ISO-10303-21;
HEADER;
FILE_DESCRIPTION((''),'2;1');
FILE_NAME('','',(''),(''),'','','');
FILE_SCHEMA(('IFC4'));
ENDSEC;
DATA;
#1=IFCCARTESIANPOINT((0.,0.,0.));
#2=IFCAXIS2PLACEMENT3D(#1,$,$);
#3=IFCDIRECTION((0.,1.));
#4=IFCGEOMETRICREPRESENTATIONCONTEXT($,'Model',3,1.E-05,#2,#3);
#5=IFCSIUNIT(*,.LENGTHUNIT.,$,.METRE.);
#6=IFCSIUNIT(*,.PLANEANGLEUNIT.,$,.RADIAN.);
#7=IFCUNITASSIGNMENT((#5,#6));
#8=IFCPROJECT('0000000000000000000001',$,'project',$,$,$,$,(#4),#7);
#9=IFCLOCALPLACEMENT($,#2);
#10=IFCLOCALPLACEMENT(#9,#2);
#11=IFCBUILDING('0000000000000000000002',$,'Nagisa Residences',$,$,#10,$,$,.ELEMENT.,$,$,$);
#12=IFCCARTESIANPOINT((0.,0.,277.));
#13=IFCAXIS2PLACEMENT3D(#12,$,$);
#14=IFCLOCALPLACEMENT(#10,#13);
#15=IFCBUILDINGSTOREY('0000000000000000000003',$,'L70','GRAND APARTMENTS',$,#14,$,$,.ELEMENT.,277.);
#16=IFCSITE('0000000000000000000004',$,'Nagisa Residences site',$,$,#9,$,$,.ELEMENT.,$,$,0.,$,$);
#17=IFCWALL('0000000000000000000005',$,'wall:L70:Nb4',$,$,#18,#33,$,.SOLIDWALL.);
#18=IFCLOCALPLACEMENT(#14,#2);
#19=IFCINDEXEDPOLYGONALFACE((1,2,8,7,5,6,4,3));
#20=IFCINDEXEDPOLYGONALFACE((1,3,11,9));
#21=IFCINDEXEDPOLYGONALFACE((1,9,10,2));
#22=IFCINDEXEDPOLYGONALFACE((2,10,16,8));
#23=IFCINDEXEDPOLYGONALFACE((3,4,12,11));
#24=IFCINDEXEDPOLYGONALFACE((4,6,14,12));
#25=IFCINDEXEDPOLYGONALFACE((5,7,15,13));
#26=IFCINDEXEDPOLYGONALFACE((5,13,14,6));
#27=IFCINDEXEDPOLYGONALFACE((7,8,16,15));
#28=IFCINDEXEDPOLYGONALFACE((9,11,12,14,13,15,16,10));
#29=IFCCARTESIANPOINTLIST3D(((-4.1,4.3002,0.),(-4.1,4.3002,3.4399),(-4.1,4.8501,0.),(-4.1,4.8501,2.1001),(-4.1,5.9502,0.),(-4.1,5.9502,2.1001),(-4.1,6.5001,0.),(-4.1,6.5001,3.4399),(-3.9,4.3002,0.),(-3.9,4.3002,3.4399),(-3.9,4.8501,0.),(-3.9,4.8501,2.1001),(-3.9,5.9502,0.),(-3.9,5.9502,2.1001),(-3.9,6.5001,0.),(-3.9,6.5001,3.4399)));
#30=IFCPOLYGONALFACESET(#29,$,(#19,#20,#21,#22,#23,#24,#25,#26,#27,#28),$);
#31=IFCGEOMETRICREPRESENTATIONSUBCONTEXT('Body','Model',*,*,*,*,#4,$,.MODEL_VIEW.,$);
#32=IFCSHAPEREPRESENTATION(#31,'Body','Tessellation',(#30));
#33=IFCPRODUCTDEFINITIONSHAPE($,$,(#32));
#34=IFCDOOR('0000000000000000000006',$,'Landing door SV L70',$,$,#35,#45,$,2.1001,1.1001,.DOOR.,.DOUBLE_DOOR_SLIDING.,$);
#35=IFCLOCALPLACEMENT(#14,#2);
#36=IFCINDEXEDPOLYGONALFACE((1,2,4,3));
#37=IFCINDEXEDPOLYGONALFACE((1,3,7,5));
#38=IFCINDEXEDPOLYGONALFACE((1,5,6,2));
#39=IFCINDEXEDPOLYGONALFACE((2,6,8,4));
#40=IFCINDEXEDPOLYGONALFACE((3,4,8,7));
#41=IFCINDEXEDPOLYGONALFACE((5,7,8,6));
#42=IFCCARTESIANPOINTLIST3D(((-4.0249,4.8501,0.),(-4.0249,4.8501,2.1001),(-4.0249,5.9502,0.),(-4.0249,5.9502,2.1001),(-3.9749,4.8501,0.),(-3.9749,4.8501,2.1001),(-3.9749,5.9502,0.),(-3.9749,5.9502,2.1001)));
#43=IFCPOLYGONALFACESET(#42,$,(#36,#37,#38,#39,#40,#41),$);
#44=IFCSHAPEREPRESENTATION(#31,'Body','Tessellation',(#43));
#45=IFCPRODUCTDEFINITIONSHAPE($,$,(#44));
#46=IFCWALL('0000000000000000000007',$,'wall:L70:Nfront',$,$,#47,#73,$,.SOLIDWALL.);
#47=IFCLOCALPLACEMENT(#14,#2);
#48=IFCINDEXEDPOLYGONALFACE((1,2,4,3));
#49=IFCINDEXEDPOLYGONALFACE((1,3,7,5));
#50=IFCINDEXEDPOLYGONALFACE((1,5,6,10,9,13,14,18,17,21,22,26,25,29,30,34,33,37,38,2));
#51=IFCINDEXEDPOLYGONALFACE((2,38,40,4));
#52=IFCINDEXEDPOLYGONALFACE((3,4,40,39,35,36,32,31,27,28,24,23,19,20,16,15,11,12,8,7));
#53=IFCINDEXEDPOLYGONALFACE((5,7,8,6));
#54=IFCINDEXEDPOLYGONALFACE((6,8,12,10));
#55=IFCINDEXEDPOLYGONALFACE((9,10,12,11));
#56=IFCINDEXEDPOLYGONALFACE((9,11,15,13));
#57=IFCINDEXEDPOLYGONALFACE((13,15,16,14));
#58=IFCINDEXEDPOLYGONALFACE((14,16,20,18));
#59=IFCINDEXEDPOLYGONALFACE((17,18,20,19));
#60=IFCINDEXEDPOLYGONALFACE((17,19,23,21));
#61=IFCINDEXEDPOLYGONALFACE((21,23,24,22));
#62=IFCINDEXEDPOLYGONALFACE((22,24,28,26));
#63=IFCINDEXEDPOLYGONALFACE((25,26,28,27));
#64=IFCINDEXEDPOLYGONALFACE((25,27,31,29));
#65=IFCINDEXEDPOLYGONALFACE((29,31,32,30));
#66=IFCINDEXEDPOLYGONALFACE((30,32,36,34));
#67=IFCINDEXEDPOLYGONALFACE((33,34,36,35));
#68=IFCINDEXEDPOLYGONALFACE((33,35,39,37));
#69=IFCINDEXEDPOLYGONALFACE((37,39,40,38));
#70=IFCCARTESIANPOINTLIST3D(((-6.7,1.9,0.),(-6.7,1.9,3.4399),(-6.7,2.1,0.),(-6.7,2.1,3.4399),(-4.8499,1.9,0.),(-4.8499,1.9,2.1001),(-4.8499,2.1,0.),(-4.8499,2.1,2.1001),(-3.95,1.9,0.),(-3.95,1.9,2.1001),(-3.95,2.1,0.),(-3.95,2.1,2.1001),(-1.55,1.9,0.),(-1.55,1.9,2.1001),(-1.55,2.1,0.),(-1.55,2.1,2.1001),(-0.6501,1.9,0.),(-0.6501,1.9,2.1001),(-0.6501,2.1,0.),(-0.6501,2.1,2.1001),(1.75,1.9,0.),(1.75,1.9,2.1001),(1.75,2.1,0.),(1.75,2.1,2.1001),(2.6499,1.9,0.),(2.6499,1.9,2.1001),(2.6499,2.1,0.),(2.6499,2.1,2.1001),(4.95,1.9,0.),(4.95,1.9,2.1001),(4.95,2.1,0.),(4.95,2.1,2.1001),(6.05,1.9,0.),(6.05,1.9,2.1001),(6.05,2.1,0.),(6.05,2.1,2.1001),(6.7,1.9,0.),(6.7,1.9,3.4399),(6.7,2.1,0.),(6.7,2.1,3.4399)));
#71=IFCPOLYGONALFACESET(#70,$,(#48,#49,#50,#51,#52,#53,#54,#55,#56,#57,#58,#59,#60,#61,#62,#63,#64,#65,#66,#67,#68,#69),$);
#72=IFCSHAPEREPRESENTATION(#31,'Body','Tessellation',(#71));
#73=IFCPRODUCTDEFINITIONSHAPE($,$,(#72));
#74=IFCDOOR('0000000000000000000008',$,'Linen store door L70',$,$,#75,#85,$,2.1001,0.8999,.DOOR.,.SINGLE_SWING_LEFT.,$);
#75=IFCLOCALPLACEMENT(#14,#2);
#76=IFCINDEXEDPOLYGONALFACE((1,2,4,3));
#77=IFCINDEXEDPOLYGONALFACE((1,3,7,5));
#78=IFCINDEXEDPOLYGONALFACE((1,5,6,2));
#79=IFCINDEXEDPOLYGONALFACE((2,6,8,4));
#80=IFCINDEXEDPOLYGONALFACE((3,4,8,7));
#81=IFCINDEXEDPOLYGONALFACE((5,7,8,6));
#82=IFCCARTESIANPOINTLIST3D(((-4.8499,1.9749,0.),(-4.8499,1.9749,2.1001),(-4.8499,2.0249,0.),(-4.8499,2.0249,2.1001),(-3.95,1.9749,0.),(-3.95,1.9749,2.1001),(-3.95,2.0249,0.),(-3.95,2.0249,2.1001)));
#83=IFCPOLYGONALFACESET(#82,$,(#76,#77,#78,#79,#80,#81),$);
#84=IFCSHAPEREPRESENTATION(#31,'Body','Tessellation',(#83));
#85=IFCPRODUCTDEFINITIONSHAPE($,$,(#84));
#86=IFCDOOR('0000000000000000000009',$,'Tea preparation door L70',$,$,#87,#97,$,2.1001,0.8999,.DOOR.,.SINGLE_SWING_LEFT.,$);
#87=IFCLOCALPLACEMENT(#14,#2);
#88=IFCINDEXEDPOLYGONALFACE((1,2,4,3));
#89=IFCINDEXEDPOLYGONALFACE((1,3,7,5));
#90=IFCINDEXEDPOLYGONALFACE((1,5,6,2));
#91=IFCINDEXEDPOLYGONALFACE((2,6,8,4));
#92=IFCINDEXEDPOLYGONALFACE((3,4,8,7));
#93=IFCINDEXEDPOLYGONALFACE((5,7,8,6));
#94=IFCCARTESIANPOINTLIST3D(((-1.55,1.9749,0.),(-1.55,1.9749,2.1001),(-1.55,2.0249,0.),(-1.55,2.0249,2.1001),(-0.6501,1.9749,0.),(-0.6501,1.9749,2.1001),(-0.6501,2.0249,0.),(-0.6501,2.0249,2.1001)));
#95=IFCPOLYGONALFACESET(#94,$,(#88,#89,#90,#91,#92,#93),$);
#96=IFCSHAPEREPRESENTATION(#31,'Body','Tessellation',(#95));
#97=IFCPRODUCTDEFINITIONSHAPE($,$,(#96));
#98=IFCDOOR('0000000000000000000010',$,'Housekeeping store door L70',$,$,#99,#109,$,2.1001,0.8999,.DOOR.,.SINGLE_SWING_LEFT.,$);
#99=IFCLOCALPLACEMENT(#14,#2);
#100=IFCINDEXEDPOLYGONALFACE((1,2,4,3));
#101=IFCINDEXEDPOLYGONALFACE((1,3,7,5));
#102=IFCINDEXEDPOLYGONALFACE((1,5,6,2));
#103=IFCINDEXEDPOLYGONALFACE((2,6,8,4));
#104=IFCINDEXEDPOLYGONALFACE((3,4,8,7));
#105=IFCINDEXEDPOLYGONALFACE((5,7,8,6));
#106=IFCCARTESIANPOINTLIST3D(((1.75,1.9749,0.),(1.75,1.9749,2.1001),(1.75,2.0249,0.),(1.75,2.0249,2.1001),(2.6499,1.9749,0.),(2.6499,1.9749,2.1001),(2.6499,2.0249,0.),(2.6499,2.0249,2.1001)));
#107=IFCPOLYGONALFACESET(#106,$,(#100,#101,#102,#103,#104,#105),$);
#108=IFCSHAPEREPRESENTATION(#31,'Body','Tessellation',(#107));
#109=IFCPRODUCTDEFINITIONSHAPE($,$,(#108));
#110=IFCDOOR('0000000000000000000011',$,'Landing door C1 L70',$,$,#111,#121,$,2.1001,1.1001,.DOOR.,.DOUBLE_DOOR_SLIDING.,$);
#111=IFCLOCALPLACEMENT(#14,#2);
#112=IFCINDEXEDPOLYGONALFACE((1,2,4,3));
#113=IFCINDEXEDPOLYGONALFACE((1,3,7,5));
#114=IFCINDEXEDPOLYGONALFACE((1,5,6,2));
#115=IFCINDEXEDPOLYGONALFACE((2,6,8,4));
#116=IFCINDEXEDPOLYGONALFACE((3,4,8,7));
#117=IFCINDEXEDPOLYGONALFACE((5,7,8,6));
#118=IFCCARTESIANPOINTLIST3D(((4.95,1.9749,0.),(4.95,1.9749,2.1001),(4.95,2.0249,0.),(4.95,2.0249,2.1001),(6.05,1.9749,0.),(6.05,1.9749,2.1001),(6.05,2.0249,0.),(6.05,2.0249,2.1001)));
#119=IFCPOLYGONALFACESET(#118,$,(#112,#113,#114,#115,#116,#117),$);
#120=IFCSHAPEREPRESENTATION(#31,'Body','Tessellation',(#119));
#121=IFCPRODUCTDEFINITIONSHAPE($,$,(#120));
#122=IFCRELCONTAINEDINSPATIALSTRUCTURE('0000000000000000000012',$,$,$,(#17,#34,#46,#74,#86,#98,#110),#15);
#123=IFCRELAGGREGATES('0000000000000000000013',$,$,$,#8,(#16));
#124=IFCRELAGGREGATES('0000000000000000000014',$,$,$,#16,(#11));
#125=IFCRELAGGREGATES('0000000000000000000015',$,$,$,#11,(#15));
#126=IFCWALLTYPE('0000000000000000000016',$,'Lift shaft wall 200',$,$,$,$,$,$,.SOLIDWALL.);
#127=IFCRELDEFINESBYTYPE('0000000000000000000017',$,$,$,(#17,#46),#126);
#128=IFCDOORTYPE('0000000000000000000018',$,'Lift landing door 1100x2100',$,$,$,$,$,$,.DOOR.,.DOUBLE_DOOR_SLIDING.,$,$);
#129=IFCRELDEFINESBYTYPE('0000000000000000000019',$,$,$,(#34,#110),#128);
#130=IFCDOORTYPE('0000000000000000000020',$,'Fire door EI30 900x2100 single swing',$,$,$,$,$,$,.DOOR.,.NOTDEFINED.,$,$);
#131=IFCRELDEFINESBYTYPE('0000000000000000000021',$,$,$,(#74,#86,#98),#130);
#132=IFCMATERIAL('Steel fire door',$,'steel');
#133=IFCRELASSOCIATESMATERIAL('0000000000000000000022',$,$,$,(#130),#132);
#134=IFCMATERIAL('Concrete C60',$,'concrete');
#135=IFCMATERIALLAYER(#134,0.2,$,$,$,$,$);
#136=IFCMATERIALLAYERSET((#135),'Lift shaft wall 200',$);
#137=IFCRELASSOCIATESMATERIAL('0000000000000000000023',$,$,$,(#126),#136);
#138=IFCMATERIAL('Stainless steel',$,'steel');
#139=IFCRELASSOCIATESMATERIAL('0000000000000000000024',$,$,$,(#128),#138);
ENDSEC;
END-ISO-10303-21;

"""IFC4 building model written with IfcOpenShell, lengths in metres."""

from ifc_helpers import new_model, si_unit, direction, frame, frame_2d, origin, place, context, subcontext, project, spatial, rectangle, extrude, material, layer, layer_set, type_object, element, fill, save


model = new_model("IFC4")

# Units and contexts
model_context = context("Model", 3, precision=1e-05, world=origin(), true_north=direction((0.0, 1.0)))
body_context = subcontext(model_context, "Body", "Model", "MODEL_VIEW")
ifc_project = project(units=[si_unit("LENGTHUNIT", "METRE"), si_unit("PLANEANGLEUNIT", "RADIAN")], contexts=[model_context])

# Site, building, storey
site_placement = place(None, origin())
site = spatial("IfcSite", under=ifc_project, at=site_placement, Name="Nagisa Residences site", CompositionType="ELEMENT", RefElevation=0.0)
building_placement = place(site_placement, origin())
building = spatial("IfcBuilding", under=site, at=building_placement, Name="Nagisa Residences", CompositionType="ELEMENT")
storey_placement = place(building_placement, frame((0.0, 0.0, 277.0)))
storey = spatial("IfcBuildingStorey", under=building, at=storey_placement, Name="L70", Description="GRAND APARTMENTS", CompositionType="ELEMENT", Elevation=277.0)

# Shared definitions
ifc_material_1 = material(Name="Steel fire door", Category="steel")
door_type_1 = type_object("IfcDoorType", Name="Fire door EI30 900x2100 single swing", OperationType="NOTDEFINED", PredefinedType="DOOR", material=ifc_material_1)

# Wall, opening, door
ifc_material_2 = material(Name="Concrete C60", Category="concrete")
ifc_layer_1 = layer(ifc_material_2, 0.2)
ifc_layer_set_1 = layer_set([ifc_layer_1], Name="Lift shaft wall 200")
wall_type_1 = type_object("IfcWallType", Name="Lift shaft wall 200", PredefinedType="SOLIDWALL", material=ifc_layer_set_1)
wall_1_placement = place(storey_placement, frame((-4.0, 4.3, 0.0), z_axis=(0.0, 0.0, 1.0), x_axis=(0.0, 1.0, 0.0)))
wall_1 = element("IfcWall", 1, at=wall_1_placement, inside=storey, type_object=wall_type_1, Name="wall:L70:Nb4", PredefinedType="SOLIDWALL", context=body_context, shape_type="SweptSolid", body=[
    extrude(rectangle(XDim=2.2, YDim=0.2, at=frame_2d((1.1001, 0.0))), origin(), (0.0, 0.0, 1.0), 3.4399),
])
opening_1_placement = place(wall_1_placement, frame((0.55, 0.0, 0.0)))
opening_1 = element("IfcOpeningElement", 2, at=opening_1_placement, cuts=wall_1, PredefinedType="OPENING", context=body_context, shape_type="SweptSolid", body=[
    extrude(rectangle(XDim=1.1001, YDim=2.1001, at=frame_2d((0.55, 1.05))), frame((0.0, 0.1099, 0.0), z_axis=(0.0, -1.0, 0.0), x_axis=(1.0, 0.0, 0.0)), (0.0, 0.0, 1.0), 0.22),
])
ifc_material_3 = material(Name="Stainless steel", Category="steel")
door_type_2 = type_object("IfcDoorType", Name="Lift landing door 1100x2100", OperationType="DOUBLE_DOOR_SLIDING", PredefinedType="DOOR", material=ifc_material_3)
door_1_placement = place(opening_1_placement, origin())
door_1 = element("IfcDoor", 3, at=door_1_placement, inside=storey, type_object=door_type_2, Name="Landing door SV L70", OperationType="DOUBLE_DOOR_SLIDING", OverallHeight=2.1001, OverallWidth=1.1001, PredefinedType="DOOR", context=body_context, shape_type="SweptSolid", body=[
    extrude(rectangle(XDim=1.1001, YDim=2.1001, at=frame_2d((0.55, 1.05))), frame((0.0, 0.0249, 0.0), z_axis=(0.0, -1.0, 0.0), x_axis=(1.0, 0.0, 0.0)), (0.0, 0.0, 1.0), 0.05),
])
fill(opening_1, door_1)

# Wall, openings, doors
wall_2_placement = place(storey_placement, frame((-6.7, 2.0, 0.0), z_axis=(0.0, 0.0, 1.0), x_axis=(1.0, 0.0, 0.0)))
wall_2 = element("IfcWall", 4, at=wall_2_placement, inside=storey, type_object=wall_type_1, Name="wall:L70:Nfront", PredefinedType="SOLIDWALL", context=body_context, shape_type="SweptSolid", body=[
    extrude(rectangle(XDim=13.3999, YDim=0.2, at=frame_2d((6.7, 0.0))), origin(), (0.0, 0.0, 1.0), 3.4399),
])
opening_2_placement = place(wall_2_placement, frame((11.6499, 0.0, 0.0)))
opening_2 = element("IfcOpeningElement", 5, at=opening_2_placement, cuts=wall_2, PredefinedType="OPENING", context=body_context, shape_type="SweptSolid", body=[
    extrude(rectangle(XDim=1.1001, YDim=2.1001, at=frame_2d((0.55, 1.05))), frame((0.0, 0.1099, 0.0), z_axis=(0.0, -1.0, 0.0), x_axis=(1.0, 0.0, 0.0)), (0.0, 0.0, 1.0), 0.22),
])
opening_3_placement = place(wall_2_placement, frame((1.8501, 0.0, 0.0)))
opening_3 = element("IfcOpeningElement", 6, at=opening_3_placement, cuts=wall_2, PredefinedType="OPENING", context=body_context, shape_type="SweptSolid", body=[
    extrude(rectangle(XDim=0.8999, YDim=2.1001, at=frame_2d((0.45, 1.05))), frame((0.0, 0.1099, 0.0), z_axis=(0.0, -1.0, 0.0), x_axis=(1.0, 0.0, 0.0)), (0.0, 0.0, 1.0), 0.22),
])
opening_4_placement = place(wall_2_placement, frame((5.1499, 0.0, 0.0)))
opening_4 = element("IfcOpeningElement", 7, at=opening_4_placement, cuts=wall_2, PredefinedType="OPENING", context=body_context, shape_type="SweptSolid", body=[
    extrude(rectangle(XDim=0.8999, YDim=2.1001, at=frame_2d((0.45, 1.05))), frame((0.0, 0.1099, 0.0), z_axis=(0.0, -1.0, 0.0), x_axis=(1.0, 0.0, 0.0)), (0.0, 0.0, 1.0), 0.22),
])
opening_5_placement = place(wall_2_placement, frame((8.45, 0.0, 0.0)))
opening_5 = element("IfcOpeningElement", 8, at=opening_5_placement, cuts=wall_2, PredefinedType="OPENING", context=body_context, shape_type="SweptSolid", body=[
    extrude(rectangle(XDim=0.8999, YDim=2.1001, at=frame_2d((0.45, 1.05))), frame((0.0, 0.1099, 0.0), z_axis=(0.0, -1.0, 0.0), x_axis=(1.0, 0.0, 0.0)), (0.0, 0.0, 1.0), 0.22),
])
door_2_placement = place(opening_3_placement, origin())
door_2 = element("IfcDoor", 9, at=door_2_placement, inside=storey, type_object=door_type_1, Name="Linen store door L70", OperationType="SINGLE_SWING_LEFT", OverallHeight=2.1001, OverallWidth=0.8999, PredefinedType="DOOR", context=body_context, shape_type="SweptSolid", body=[
    extrude(rectangle(XDim=0.8999, YDim=2.1001, at=frame_2d((0.45, 1.05))), frame((0.0, 0.0249, 0.0), z_axis=(0.0, -1.0, 0.0), x_axis=(1.0, 0.0, 0.0)), (0.0, 0.0, 1.0), 0.05),
])
fill(opening_3, door_2)
door_3_placement = place(opening_4_placement, origin())
door_3 = element("IfcDoor", 10, at=door_3_placement, inside=storey, type_object=door_type_1, Name="Tea preparation door L70", OperationType="SINGLE_SWING_LEFT", OverallHeight=2.1001, OverallWidth=0.8999, PredefinedType="DOOR", context=body_context, shape_type="SweptSolid", body=[
    extrude(rectangle(XDim=0.8999, YDim=2.1001, at=frame_2d((0.45, 1.05))), frame((0.0, 0.0249, 0.0), z_axis=(0.0, -1.0, 0.0), x_axis=(1.0, 0.0, 0.0)), (0.0, 0.0, 1.0), 0.05),
])
fill(opening_4, door_3)
door_4_placement = place(opening_5_placement, origin())
door_4 = element("IfcDoor", 11, at=door_4_placement, inside=storey, type_object=door_type_1, Name="Housekeeping store door L70", OperationType="SINGLE_SWING_LEFT", OverallHeight=2.1001, OverallWidth=0.8999, PredefinedType="DOOR", context=body_context, shape_type="SweptSolid", body=[
    extrude(rectangle(XDim=0.8999, YDim=2.1001, at=frame_2d((0.45, 1.05))), frame((0.0, 0.0249, 0.0), z_axis=(0.0, -1.0, 0.0), x_axis=(1.0, 0.0, 0.0)), (0.0, 0.0, 1.0), 0.05),
])
fill(opening_5, door_4)
door_5_placement = place(opening_2_placement, origin())
door_5 = element("IfcDoor", 12, at=door_5_placement, inside=storey, type_object=door_type_2, Name="Landing door C1 L70", OperationType="DOUBLE_DOOR_SLIDING", OverallHeight=2.1001, OverallWidth=1.1001, PredefinedType="DOOR", context=body_context, shape_type="SweptSolid", body=[
    extrude(rectangle(XDim=1.1001, YDim=2.1001, at=frame_2d((0.55, 1.05))), frame((0.0, 0.0249, 0.0), z_axis=(0.0, -1.0, 0.0), x_axis=(1.0, 0.0, 0.0)), (0.0, 0.0, 1.0), 0.05),
])
fill(opening_2, door_5)

save(model, "model.ifc")
